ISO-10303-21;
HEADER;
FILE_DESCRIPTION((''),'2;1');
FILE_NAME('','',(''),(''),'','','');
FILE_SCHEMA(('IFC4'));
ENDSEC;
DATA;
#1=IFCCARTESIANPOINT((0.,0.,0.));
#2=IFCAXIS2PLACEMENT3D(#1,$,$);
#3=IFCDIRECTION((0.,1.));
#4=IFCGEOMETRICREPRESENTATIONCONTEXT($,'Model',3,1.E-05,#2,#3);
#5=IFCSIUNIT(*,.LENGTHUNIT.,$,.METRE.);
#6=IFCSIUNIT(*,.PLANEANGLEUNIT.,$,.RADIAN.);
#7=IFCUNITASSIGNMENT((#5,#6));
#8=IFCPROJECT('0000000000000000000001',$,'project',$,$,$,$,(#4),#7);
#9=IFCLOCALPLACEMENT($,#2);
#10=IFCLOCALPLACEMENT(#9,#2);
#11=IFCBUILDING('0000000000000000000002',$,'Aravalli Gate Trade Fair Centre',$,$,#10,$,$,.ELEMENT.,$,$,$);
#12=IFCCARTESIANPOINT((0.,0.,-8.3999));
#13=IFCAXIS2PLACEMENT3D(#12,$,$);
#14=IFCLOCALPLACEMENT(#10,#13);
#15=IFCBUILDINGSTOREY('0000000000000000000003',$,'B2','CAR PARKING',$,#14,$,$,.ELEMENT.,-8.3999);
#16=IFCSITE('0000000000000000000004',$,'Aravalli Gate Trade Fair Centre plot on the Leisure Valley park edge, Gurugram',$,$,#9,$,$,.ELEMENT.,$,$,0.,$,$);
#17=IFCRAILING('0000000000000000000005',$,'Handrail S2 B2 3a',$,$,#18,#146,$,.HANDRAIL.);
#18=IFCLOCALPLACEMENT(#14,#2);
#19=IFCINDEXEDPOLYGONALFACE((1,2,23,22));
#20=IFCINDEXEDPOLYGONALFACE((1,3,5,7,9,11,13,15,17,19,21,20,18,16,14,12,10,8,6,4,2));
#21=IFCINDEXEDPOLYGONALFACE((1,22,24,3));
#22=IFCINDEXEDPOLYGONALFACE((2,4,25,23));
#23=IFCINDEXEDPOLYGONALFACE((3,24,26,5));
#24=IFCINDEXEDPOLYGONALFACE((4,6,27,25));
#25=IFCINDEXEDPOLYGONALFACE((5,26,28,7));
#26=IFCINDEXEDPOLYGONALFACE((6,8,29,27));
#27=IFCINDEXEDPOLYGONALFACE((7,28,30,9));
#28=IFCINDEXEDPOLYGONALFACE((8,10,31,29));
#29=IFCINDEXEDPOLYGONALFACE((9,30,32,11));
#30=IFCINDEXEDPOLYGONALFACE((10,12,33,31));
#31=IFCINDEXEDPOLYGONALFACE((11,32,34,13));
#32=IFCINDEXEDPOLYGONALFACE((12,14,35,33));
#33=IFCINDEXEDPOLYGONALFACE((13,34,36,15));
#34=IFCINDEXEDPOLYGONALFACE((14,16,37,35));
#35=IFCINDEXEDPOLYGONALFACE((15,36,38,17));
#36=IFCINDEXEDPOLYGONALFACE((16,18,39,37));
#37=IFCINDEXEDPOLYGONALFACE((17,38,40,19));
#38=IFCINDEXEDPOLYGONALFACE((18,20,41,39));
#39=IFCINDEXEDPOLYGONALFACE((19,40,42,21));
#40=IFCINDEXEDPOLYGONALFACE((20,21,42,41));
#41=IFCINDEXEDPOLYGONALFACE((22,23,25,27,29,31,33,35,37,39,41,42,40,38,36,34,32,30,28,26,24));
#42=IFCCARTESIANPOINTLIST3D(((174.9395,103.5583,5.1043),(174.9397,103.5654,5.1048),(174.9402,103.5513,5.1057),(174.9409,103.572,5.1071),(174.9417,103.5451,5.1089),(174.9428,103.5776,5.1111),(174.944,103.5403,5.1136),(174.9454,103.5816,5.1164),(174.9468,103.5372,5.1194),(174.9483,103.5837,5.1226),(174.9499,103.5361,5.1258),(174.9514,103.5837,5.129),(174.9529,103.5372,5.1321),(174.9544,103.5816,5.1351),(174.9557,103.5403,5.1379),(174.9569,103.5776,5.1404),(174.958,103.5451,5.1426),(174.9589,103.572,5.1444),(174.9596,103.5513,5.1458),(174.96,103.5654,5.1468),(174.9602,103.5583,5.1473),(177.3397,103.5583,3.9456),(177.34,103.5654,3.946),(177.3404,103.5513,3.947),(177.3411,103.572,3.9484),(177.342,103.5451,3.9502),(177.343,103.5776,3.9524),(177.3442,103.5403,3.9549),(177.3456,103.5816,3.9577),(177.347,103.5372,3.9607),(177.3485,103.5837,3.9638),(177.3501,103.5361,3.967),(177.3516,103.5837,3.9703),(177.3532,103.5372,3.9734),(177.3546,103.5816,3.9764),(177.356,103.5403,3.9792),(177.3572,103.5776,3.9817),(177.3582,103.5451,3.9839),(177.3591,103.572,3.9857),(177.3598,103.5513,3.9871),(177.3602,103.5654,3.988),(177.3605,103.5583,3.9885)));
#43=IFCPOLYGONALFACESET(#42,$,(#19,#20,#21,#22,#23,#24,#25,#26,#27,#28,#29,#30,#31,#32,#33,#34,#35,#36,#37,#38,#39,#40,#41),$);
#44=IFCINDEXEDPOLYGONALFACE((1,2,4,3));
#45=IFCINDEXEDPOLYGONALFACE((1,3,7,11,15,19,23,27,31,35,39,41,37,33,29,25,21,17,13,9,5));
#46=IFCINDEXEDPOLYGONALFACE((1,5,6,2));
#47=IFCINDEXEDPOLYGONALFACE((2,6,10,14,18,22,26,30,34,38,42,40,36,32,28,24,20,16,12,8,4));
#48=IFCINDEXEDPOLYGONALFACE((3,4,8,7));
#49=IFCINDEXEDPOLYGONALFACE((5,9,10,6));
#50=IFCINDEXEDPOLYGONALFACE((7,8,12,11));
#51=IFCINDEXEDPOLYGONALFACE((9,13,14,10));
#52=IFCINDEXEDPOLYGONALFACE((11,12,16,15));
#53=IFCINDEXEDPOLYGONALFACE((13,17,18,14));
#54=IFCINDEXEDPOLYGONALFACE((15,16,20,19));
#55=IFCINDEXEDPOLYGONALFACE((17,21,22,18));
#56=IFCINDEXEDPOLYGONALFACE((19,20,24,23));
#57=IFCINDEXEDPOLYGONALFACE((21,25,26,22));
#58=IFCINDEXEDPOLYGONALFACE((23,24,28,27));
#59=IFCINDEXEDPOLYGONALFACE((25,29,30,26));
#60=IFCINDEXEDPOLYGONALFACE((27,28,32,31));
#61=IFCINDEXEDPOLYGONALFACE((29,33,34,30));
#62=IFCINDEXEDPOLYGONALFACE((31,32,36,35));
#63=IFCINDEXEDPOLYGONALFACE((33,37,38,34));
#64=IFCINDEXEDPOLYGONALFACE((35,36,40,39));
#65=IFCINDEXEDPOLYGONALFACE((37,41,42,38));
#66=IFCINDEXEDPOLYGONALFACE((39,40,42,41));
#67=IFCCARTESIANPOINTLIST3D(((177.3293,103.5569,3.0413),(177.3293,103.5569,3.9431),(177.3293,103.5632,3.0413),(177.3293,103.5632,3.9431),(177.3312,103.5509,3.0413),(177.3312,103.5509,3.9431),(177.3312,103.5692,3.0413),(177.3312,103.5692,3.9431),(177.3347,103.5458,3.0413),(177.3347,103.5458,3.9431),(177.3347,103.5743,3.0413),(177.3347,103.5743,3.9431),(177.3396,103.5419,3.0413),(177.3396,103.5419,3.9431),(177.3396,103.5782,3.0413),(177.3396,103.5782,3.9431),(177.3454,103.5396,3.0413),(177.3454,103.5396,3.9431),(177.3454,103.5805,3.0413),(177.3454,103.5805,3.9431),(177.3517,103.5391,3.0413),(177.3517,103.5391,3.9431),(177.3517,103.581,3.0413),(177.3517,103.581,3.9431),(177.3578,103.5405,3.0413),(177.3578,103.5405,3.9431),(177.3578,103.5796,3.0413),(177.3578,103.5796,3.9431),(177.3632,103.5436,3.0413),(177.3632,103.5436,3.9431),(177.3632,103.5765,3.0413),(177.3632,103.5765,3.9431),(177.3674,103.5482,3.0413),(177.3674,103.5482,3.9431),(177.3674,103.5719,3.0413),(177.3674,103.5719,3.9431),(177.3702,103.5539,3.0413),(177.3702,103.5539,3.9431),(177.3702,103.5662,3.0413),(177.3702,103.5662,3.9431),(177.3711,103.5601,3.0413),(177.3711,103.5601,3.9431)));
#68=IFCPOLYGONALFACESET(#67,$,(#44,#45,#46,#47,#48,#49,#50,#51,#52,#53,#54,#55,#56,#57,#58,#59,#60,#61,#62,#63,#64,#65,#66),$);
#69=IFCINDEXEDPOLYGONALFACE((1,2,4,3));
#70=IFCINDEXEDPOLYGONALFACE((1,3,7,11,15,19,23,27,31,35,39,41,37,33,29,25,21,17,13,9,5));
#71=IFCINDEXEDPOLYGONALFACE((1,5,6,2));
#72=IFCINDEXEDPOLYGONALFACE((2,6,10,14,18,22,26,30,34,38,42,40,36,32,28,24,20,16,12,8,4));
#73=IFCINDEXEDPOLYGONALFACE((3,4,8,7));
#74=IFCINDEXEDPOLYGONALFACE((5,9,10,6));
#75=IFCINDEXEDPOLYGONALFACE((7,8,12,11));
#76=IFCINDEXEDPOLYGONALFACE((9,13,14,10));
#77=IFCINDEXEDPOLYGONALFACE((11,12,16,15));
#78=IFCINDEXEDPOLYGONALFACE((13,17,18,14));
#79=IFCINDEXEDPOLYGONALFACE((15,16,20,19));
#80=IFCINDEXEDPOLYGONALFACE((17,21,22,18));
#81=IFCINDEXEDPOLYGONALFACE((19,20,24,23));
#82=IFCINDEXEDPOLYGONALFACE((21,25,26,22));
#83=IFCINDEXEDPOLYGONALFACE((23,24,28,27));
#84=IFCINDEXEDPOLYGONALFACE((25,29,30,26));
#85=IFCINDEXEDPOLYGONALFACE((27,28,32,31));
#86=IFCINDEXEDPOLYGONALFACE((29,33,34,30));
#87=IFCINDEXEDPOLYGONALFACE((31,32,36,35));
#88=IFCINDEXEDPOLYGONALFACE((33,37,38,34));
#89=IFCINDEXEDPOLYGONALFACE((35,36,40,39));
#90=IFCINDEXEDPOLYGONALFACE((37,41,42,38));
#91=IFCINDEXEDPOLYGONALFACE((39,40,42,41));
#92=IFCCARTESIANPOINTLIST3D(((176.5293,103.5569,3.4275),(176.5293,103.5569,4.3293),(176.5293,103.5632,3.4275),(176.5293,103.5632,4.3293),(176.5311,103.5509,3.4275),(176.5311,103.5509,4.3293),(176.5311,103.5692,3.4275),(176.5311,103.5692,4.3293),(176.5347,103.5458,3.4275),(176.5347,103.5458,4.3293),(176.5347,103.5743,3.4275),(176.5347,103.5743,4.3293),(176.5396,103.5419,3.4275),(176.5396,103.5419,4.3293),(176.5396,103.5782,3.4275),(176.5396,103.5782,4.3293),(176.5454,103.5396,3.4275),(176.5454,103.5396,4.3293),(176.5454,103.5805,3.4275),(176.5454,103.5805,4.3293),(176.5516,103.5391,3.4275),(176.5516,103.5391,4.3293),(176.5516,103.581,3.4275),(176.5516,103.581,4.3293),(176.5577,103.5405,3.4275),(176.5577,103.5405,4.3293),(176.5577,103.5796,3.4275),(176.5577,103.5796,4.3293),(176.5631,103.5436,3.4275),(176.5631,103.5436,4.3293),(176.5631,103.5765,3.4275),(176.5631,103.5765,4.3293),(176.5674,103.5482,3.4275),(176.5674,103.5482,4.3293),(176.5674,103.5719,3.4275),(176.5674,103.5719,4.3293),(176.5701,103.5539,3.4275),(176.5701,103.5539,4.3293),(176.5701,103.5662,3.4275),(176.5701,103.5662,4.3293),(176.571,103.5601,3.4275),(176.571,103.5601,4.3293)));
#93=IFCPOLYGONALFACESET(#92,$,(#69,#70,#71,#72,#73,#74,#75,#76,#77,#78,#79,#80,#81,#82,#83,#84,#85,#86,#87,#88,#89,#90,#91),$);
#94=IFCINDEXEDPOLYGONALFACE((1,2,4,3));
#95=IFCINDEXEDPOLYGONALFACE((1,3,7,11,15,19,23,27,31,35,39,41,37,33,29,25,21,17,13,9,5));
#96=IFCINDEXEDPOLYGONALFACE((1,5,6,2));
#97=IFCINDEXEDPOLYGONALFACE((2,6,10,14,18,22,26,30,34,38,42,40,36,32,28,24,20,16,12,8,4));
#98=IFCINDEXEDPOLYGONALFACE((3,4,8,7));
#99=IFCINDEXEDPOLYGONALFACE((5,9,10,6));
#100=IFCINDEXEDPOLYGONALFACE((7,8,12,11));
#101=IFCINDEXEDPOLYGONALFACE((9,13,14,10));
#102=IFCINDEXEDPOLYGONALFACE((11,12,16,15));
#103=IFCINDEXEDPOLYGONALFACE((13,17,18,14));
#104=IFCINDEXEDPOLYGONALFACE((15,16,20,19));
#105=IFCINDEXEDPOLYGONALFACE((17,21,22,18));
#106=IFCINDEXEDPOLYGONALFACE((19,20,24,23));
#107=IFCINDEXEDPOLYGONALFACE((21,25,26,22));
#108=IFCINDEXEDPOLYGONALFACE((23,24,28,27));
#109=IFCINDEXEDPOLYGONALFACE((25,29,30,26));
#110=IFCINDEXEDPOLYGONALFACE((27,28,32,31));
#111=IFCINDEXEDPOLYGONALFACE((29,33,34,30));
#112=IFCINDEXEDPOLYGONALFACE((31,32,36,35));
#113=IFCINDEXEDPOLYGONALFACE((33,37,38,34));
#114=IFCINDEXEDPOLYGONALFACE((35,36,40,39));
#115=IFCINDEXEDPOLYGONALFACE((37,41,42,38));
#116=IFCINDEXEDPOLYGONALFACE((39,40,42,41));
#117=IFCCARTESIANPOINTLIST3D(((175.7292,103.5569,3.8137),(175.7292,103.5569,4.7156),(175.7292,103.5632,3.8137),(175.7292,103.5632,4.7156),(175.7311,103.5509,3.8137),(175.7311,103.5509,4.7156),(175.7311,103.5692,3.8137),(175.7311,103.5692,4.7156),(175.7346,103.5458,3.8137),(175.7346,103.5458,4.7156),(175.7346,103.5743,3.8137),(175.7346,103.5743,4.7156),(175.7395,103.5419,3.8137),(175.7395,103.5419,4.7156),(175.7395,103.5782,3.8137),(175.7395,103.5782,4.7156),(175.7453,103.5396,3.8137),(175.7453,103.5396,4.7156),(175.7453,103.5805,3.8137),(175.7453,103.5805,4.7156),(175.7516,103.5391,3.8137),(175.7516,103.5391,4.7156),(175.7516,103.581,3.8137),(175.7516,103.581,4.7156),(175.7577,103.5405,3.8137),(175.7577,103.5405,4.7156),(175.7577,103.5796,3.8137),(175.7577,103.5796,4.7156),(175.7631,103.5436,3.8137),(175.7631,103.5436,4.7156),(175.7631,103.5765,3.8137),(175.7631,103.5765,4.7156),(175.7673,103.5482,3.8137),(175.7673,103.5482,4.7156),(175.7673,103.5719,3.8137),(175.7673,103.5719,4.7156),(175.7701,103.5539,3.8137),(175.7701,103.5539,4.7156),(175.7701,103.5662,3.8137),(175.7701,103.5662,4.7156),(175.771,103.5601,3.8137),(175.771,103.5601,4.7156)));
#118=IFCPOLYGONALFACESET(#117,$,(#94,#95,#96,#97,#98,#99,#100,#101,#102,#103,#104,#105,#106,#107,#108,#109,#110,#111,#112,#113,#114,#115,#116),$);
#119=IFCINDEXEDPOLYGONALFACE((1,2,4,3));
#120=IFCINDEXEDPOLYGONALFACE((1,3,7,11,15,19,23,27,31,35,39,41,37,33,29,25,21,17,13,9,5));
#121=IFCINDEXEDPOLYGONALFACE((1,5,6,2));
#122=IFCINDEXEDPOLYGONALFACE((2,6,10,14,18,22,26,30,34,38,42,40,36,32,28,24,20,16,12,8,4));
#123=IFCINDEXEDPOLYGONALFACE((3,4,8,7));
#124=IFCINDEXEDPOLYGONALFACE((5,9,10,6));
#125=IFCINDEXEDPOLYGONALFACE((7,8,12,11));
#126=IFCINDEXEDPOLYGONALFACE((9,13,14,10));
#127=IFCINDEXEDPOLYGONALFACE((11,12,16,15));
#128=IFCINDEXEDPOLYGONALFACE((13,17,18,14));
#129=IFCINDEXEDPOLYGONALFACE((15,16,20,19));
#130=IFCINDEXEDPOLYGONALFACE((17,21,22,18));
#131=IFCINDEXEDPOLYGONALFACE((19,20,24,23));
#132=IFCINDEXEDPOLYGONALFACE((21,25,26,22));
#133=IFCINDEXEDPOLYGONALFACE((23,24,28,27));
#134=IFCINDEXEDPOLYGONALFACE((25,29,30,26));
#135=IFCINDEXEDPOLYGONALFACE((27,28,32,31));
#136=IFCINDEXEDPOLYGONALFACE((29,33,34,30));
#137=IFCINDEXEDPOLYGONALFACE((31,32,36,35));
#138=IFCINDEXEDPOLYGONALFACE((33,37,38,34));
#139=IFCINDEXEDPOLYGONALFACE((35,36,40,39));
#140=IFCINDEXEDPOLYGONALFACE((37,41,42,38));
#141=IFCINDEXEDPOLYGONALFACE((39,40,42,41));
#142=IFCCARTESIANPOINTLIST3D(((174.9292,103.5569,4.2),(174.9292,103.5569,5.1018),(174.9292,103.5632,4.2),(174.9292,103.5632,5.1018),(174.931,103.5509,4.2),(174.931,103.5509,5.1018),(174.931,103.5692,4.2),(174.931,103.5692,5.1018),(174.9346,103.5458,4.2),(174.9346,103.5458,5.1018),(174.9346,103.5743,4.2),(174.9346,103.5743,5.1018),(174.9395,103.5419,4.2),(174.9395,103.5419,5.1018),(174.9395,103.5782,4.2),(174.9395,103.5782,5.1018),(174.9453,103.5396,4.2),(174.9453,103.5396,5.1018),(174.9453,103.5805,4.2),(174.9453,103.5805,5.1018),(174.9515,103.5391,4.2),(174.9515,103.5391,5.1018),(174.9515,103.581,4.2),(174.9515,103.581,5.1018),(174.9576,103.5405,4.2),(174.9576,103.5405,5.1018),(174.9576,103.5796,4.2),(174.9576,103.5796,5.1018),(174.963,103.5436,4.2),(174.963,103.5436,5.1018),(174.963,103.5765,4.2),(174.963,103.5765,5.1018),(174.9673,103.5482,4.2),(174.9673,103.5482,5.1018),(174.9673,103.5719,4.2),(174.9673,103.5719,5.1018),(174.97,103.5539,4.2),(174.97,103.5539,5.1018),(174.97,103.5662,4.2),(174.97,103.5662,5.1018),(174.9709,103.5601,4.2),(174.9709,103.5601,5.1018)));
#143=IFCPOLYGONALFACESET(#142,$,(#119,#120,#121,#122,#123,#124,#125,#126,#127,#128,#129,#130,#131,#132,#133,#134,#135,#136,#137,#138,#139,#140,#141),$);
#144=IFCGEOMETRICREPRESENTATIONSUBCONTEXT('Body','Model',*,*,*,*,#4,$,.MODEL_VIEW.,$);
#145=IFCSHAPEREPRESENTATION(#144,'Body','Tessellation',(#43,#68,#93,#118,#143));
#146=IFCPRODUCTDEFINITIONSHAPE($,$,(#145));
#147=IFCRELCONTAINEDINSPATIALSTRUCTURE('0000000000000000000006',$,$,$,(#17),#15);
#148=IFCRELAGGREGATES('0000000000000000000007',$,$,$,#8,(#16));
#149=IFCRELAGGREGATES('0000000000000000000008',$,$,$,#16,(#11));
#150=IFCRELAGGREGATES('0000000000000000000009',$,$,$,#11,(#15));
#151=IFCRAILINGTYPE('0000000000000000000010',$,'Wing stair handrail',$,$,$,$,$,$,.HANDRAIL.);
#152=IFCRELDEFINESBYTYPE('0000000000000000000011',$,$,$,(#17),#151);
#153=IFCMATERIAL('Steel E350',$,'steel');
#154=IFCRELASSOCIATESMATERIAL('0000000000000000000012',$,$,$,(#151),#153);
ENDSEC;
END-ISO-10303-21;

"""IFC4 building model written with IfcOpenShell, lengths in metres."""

from ifc_helpers import new_model, si_unit, direction, frame, origin, origin_2d, place, context, subcontext, project, spatial, circle, extrude, material, type_object, element, save


model = new_model("IFC4")

# Units and contexts
model_context = context("Model", 3, precision=1e-05, world=origin(), true_north=direction((0.0, 1.0)))
body_context = subcontext(model_context, "Body", "Model", "MODEL_VIEW")
ifc_project = project(units=[si_unit("LENGTHUNIT", "METRE"), si_unit("PLANEANGLEUNIT", "RADIAN")], contexts=[model_context])

# Site, building, storey
site_placement = place(None, origin())
site = spatial("IfcSite", under=ifc_project, at=site_placement, Name="Aravalli Gate Trade Fair Centre plot on the Leisure Valley park edge, Gurugram", CompositionType="ELEMENT", RefElevation=0.0)
building_placement = place(site_placement, origin())
building = spatial("IfcBuilding", under=site, at=building_placement, Name="Aravalli Gate Trade Fair Centre", CompositionType="ELEMENT")
storey_placement = place(building_placement, frame((0.0, 0.0, -8.3999)))
storey = spatial("IfcBuildingStorey", under=building, at=storey_placement, Name="B2", Description="CAR PARKING", CompositionType="ELEMENT", Elevation=-8.3999)

# Shared definitions
ifc_material_1 = material(Name="Steel E350", Category="steel")

# Railing
railing_type = type_object("IfcRailingType", Name="Wing stair handrail", PredefinedType="HANDRAIL", material=ifc_material_1)
for number, where, name in (
    (1, (177.3501, 103.5601, 3.0413), "Handrail S2 B2 3a"),
):
    element("IfcRailing", number, at=place(storey_placement, frame(where)), inside=storey, type_object=railing_type, Name=name, PredefinedType="HANDRAIL", context=body_context, shape_type="SweptSolid", body=[
        extrude(circle(Radius=0.0239, at=origin_2d()), frame((0.0, 0.0, 0.9258), z_axis=(-0.900552, 0.0, 0.434749), x_axis=(0.0, -1.0, 0.0)), (0.0, 0.0, 1.0), 2.6653),
        extrude(circle(Radius=0.021, at=origin_2d()), origin(), (0.0, 0.0, 1.0), 0.9019),
        extrude(circle(Radius=0.021, at=origin_2d()), frame((-0.8, 0.0, 0.3862)), (0.0, 0.0, 1.0), 0.9019),
        extrude(circle(Radius=0.021, at=origin_2d()), frame((-1.6001, 0.0, 0.7725)), (0.0, 0.0, 1.0), 0.9019),
        extrude(circle(Radius=0.021, at=origin_2d()), frame((-2.4001, 0.0, 1.1587)), (0.0, 0.0, 1.0), 0.9019),
    ])

save(model, "model.ifc")
